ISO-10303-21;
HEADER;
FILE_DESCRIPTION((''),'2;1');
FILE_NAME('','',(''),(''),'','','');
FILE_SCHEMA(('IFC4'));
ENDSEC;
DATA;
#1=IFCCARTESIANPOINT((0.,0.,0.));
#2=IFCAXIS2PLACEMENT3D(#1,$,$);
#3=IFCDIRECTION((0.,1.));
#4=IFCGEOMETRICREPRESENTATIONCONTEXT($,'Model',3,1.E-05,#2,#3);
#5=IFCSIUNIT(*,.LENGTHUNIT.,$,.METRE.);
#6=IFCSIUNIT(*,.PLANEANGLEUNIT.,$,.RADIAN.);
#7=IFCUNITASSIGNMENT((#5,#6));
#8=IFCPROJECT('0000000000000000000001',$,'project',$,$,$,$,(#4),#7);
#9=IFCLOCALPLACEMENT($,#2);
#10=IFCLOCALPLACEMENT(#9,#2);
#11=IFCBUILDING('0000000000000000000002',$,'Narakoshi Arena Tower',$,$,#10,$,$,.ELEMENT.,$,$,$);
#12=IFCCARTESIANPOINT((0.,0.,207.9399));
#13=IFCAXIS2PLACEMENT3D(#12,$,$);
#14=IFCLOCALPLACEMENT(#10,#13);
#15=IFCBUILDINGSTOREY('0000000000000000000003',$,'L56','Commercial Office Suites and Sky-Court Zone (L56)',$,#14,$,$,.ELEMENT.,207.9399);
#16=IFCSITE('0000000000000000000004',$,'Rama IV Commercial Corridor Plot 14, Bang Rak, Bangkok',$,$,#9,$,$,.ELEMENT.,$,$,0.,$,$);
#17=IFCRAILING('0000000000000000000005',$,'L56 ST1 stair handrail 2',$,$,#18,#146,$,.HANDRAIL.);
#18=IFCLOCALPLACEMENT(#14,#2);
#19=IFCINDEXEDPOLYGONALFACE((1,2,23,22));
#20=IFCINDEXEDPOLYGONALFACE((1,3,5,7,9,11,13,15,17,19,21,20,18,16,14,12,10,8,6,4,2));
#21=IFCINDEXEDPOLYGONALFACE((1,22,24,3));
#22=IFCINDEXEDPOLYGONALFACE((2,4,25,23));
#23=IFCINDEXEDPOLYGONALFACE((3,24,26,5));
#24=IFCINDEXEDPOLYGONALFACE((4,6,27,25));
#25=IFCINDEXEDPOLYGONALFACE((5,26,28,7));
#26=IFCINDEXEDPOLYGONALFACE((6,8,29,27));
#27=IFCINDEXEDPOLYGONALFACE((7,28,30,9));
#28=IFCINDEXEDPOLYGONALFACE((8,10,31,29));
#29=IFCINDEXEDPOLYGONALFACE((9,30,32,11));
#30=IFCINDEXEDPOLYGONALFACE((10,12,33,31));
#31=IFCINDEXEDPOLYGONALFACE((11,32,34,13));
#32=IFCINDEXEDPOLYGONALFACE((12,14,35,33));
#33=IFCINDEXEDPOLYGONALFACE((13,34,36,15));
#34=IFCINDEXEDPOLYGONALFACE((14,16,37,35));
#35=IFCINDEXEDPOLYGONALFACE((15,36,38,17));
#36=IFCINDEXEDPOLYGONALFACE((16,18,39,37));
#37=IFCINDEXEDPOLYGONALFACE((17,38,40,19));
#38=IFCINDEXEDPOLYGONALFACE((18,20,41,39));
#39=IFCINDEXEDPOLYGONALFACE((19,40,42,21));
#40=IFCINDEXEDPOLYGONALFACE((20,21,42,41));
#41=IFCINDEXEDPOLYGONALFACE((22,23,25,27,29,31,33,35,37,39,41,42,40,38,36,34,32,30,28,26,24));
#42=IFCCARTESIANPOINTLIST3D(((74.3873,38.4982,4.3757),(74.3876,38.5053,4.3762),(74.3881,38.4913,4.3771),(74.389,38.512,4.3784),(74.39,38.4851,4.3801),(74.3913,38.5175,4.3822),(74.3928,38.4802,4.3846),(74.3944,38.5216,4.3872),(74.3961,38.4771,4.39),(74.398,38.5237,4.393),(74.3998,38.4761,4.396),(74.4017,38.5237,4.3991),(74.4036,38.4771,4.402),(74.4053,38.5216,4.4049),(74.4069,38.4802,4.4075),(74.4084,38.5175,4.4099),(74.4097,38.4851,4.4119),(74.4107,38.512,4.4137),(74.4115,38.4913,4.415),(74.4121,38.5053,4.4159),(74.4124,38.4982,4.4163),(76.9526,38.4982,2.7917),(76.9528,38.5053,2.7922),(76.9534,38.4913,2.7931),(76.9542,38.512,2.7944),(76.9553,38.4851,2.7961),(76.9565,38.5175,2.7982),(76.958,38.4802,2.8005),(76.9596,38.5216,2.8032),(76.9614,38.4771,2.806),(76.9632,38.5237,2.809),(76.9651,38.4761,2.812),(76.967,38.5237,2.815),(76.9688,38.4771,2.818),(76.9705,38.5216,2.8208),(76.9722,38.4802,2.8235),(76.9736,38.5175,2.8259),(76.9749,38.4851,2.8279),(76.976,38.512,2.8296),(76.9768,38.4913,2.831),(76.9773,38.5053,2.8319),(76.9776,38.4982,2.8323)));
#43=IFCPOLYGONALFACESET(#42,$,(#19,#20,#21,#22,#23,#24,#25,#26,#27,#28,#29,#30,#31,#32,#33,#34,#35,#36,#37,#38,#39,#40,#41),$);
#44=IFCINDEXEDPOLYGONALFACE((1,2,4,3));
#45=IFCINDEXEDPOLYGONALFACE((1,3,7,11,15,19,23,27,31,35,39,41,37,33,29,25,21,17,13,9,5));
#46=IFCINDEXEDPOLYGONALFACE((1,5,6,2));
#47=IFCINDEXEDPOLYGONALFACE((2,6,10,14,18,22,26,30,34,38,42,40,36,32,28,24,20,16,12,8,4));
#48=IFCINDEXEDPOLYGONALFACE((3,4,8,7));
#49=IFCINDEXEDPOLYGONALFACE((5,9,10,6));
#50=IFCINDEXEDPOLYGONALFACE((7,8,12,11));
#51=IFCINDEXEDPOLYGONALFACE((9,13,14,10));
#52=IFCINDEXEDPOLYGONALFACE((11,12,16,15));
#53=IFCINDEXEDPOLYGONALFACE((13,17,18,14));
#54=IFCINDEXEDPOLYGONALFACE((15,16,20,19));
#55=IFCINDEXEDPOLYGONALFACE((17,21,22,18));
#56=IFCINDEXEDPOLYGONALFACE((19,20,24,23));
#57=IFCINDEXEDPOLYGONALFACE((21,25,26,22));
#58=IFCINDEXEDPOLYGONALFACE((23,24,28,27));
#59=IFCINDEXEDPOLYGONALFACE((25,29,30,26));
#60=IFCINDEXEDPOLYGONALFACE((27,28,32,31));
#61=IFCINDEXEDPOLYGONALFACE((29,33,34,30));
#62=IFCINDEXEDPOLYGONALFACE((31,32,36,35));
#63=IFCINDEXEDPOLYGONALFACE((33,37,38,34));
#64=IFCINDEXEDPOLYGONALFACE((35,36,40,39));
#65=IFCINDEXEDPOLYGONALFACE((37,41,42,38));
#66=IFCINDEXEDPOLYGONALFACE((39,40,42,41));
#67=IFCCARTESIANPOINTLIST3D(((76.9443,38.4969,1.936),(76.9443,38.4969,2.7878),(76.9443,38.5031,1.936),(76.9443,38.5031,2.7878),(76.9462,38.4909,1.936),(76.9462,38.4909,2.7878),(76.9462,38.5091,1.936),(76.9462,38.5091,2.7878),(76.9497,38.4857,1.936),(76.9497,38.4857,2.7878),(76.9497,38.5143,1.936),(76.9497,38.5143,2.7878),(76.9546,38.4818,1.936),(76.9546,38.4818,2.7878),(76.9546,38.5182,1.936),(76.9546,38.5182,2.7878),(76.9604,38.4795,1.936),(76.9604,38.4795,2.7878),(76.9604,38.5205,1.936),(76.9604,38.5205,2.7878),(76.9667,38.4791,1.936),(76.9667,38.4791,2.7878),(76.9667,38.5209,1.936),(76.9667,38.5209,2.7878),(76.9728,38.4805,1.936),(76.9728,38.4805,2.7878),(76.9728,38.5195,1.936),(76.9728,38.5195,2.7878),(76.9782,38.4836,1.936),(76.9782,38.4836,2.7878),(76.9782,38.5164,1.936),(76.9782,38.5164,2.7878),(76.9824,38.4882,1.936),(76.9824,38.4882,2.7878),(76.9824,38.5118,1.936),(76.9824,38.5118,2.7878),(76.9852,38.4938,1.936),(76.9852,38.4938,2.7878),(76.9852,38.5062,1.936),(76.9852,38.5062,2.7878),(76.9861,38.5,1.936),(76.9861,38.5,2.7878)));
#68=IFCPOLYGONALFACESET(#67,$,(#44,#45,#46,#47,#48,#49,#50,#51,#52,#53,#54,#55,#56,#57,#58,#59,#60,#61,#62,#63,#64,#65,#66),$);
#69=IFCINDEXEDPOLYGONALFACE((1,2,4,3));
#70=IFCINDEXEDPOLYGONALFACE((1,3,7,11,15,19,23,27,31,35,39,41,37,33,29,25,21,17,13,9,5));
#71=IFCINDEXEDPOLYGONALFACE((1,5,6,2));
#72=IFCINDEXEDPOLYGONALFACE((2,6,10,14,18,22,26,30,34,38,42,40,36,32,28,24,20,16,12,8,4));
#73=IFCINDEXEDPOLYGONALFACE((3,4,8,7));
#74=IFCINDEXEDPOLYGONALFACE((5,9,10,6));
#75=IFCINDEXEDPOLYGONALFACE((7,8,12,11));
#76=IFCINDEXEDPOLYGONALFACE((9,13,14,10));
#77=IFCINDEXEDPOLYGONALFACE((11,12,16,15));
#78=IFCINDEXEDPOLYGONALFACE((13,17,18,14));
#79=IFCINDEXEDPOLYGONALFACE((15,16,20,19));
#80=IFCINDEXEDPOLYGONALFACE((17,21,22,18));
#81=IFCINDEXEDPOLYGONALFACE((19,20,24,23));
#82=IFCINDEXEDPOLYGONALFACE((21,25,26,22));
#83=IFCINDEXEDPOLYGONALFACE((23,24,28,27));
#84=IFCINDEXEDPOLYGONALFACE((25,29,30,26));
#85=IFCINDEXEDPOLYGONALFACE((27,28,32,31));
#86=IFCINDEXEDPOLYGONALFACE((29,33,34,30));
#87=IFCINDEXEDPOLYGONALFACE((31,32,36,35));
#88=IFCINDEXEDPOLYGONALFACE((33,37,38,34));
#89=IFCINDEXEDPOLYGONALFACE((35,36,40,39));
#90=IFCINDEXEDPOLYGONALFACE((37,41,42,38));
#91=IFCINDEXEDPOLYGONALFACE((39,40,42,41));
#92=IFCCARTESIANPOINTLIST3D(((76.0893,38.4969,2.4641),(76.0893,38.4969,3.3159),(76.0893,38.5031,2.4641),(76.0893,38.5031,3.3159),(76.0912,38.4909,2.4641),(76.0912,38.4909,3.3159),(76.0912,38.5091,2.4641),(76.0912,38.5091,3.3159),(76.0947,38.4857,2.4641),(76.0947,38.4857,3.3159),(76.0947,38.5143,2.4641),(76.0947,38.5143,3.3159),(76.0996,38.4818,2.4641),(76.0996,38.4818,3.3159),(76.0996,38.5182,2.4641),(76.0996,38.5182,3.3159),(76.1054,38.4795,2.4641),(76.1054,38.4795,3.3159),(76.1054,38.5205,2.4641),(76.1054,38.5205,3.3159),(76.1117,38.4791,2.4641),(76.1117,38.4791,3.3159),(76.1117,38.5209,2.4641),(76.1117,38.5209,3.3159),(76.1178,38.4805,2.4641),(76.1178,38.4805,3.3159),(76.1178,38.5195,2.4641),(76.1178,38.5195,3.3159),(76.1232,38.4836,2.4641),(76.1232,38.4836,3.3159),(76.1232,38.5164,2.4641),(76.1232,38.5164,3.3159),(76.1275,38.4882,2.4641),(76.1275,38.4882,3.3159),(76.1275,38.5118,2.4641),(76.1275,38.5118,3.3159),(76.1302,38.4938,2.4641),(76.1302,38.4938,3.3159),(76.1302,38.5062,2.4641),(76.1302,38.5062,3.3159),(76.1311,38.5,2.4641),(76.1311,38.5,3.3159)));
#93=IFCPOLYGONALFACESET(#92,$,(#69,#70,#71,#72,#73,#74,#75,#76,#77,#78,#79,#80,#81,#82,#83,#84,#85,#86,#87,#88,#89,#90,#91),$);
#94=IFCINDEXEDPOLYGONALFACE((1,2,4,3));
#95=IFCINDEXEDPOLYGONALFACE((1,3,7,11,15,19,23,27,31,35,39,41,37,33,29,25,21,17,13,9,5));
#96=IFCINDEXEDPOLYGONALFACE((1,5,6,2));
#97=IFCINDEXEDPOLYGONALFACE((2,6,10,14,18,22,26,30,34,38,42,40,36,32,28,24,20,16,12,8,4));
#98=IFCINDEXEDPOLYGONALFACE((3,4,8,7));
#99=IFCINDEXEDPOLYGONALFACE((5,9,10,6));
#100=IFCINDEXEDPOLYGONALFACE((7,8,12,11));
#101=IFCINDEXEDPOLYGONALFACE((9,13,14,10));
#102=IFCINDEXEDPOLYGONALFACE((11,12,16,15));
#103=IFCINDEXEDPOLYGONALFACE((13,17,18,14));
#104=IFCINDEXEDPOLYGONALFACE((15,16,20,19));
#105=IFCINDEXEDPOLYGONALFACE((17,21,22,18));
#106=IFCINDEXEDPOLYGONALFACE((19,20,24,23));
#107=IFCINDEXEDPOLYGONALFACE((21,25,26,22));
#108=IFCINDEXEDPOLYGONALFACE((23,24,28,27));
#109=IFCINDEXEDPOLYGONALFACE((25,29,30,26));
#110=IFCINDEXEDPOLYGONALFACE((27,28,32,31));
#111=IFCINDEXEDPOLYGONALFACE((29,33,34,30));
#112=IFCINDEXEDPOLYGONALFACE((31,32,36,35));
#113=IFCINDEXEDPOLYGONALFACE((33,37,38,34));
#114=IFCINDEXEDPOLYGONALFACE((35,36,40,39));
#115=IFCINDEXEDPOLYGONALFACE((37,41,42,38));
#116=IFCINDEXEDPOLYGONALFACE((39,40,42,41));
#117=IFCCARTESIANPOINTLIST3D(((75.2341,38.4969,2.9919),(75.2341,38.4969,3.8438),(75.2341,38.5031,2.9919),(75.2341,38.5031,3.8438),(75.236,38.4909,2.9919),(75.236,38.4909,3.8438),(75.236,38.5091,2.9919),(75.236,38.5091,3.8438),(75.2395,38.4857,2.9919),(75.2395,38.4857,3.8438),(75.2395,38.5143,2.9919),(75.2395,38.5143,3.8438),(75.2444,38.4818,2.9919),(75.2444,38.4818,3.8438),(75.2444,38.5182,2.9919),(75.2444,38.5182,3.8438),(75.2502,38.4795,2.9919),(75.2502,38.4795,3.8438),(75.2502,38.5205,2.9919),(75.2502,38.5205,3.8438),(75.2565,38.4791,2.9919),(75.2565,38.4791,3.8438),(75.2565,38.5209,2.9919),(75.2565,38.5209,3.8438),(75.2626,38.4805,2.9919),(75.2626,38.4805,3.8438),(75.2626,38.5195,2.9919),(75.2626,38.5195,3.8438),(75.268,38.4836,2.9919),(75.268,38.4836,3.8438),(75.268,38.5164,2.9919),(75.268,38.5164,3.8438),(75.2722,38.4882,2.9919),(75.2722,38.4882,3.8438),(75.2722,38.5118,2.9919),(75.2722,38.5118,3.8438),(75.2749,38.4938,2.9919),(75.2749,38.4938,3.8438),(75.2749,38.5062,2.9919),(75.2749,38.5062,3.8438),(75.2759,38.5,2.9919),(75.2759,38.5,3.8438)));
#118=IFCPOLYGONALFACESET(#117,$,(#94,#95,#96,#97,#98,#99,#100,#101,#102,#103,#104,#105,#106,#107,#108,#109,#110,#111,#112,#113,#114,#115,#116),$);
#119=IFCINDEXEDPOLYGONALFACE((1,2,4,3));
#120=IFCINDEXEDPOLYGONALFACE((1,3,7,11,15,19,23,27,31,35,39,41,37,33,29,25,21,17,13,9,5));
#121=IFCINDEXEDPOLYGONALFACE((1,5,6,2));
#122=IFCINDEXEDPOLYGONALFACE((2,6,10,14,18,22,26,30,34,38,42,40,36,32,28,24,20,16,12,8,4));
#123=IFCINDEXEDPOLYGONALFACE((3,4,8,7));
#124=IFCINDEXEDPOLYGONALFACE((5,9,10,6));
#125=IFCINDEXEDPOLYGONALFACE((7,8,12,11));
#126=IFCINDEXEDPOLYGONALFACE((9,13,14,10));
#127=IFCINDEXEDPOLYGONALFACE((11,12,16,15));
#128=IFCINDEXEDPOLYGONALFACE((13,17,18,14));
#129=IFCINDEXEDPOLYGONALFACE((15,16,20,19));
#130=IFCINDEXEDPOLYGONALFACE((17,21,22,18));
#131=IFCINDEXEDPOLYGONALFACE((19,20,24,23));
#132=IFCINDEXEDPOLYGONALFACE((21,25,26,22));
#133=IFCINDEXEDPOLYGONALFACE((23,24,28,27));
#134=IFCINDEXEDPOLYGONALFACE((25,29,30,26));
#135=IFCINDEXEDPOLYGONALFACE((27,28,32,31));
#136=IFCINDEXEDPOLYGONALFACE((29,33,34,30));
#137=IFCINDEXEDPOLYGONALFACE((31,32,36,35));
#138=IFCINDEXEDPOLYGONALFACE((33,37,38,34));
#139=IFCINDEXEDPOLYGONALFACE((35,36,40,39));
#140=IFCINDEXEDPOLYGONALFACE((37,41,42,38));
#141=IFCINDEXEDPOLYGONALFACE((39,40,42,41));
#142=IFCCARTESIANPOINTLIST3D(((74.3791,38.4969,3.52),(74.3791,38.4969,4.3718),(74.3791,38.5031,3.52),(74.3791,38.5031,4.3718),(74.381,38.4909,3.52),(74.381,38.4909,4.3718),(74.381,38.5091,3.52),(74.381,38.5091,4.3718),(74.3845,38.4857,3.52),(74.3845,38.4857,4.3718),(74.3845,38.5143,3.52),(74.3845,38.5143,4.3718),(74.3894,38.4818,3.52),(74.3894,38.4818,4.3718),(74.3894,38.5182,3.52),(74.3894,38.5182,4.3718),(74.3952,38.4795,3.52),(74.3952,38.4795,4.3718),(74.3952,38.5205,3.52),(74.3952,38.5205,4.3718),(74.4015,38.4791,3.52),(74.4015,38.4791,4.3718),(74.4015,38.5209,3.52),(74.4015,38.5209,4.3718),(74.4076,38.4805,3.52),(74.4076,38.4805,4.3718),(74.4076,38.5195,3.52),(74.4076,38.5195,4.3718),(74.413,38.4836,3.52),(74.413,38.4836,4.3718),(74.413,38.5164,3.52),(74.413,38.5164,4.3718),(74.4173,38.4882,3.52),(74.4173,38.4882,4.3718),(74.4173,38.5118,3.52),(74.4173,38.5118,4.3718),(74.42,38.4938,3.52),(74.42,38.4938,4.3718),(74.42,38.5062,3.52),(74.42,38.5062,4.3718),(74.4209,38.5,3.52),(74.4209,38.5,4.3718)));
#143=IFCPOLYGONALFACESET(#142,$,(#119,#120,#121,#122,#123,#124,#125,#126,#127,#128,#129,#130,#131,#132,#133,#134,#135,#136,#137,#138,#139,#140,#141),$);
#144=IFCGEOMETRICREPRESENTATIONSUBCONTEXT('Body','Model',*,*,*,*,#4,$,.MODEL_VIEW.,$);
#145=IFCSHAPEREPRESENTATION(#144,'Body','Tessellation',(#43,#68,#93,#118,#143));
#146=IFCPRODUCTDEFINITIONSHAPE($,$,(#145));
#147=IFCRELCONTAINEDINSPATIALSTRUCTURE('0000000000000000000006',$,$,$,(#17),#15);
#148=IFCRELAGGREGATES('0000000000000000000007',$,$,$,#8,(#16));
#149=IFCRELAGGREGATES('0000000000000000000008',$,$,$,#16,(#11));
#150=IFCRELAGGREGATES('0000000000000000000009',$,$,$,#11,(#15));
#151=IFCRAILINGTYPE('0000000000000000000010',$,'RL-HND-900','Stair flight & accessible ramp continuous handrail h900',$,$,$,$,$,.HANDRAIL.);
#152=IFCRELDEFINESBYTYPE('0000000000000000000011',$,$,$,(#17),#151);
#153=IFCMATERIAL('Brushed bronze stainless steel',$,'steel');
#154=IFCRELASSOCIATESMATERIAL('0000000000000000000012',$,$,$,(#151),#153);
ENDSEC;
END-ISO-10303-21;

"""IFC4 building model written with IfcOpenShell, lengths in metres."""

from ifc_helpers import new_model, si_unit, direction, frame, origin, origin_2d, place, context, subcontext, project, spatial, circle, extrude, material, type_object, element, save


model = new_model("IFC4")

# Units and contexts
model_context = context("Model", 3, precision=1e-05, world=origin(), true_north=direction((0.0, 1.0)))
body_context = subcontext(model_context, "Body", "Model", "MODEL_VIEW")
ifc_project = project(units=[si_unit("LENGTHUNIT", "METRE"), si_unit("PLANEANGLEUNIT", "RADIAN")], contexts=[model_context])

# Site, building, storey
site_placement = place(None, origin())
site = spatial("IfcSite", under=ifc_project, at=site_placement, Name="Rama IV Commercial Corridor Plot 14, Bang Rak, Bangkok", CompositionType="ELEMENT", RefElevation=0.0)
building_placement = place(site_placement, origin())
building = spatial("IfcBuilding", under=site, at=building_placement, Name="Narakoshi Arena Tower", CompositionType="ELEMENT")
storey_placement = place(building_placement, frame((0.0, 0.0, 207.9399)))
storey = spatial("IfcBuildingStorey", under=building, at=storey_placement, Name="L56", Description="Commercial Office Suites and Sky-Court Zone (L56)", CompositionType="ELEMENT", Elevation=207.9399)

# Railing
ifc_material_1 = material(Name="Brushed bronze stainless steel", Category="steel")
railing_type_1 = type_object("IfcRailingType", Name="RL-HND-900", Description="Stair flight & accessible ramp continuous handrail h900", PredefinedType="HANDRAIL", material=ifc_material_1)
railing_1_placement = place(storey_placement, frame((76.9651, 38.5, 1.936)))
element("IfcRailing", 1, at=railing_1_placement, inside=storey, type_object=railing_type_1, Name="L56 ST1 stair handrail 2", PredefinedType="HANDRAIL", context=body_context, shape_type="SweptSolid", body=[
    extrude(circle(Radius=0.0239, at=origin_2d()), frame((0.0, 0.0, 0.876), z_axis=(-0.850857, 0.0, 0.525398), x_axis=(0.0, -1.0, 0.0)), (0.0, 0.0, 1.0), 3.0149),
    extrude(circle(Radius=0.021, at=origin_2d()), origin(), (0.0, 0.0, 1.0), 0.8518),
    extrude(circle(Radius=0.021, at=origin_2d()), frame((-0.855, 0.0, 0.5281)), (0.0, 0.0, 1.0), 0.8518),
    extrude(circle(Radius=0.021, at=origin_2d()), frame((-1.7102, 0.0, 1.0559)), (0.0, 0.0, 1.0), 0.8518),
    extrude(circle(Radius=0.021, at=origin_2d()), frame((-2.5652, 0.0, 1.584)), (0.0, 0.0, 1.0), 0.8518),
])

save(model, "model.ifc")
